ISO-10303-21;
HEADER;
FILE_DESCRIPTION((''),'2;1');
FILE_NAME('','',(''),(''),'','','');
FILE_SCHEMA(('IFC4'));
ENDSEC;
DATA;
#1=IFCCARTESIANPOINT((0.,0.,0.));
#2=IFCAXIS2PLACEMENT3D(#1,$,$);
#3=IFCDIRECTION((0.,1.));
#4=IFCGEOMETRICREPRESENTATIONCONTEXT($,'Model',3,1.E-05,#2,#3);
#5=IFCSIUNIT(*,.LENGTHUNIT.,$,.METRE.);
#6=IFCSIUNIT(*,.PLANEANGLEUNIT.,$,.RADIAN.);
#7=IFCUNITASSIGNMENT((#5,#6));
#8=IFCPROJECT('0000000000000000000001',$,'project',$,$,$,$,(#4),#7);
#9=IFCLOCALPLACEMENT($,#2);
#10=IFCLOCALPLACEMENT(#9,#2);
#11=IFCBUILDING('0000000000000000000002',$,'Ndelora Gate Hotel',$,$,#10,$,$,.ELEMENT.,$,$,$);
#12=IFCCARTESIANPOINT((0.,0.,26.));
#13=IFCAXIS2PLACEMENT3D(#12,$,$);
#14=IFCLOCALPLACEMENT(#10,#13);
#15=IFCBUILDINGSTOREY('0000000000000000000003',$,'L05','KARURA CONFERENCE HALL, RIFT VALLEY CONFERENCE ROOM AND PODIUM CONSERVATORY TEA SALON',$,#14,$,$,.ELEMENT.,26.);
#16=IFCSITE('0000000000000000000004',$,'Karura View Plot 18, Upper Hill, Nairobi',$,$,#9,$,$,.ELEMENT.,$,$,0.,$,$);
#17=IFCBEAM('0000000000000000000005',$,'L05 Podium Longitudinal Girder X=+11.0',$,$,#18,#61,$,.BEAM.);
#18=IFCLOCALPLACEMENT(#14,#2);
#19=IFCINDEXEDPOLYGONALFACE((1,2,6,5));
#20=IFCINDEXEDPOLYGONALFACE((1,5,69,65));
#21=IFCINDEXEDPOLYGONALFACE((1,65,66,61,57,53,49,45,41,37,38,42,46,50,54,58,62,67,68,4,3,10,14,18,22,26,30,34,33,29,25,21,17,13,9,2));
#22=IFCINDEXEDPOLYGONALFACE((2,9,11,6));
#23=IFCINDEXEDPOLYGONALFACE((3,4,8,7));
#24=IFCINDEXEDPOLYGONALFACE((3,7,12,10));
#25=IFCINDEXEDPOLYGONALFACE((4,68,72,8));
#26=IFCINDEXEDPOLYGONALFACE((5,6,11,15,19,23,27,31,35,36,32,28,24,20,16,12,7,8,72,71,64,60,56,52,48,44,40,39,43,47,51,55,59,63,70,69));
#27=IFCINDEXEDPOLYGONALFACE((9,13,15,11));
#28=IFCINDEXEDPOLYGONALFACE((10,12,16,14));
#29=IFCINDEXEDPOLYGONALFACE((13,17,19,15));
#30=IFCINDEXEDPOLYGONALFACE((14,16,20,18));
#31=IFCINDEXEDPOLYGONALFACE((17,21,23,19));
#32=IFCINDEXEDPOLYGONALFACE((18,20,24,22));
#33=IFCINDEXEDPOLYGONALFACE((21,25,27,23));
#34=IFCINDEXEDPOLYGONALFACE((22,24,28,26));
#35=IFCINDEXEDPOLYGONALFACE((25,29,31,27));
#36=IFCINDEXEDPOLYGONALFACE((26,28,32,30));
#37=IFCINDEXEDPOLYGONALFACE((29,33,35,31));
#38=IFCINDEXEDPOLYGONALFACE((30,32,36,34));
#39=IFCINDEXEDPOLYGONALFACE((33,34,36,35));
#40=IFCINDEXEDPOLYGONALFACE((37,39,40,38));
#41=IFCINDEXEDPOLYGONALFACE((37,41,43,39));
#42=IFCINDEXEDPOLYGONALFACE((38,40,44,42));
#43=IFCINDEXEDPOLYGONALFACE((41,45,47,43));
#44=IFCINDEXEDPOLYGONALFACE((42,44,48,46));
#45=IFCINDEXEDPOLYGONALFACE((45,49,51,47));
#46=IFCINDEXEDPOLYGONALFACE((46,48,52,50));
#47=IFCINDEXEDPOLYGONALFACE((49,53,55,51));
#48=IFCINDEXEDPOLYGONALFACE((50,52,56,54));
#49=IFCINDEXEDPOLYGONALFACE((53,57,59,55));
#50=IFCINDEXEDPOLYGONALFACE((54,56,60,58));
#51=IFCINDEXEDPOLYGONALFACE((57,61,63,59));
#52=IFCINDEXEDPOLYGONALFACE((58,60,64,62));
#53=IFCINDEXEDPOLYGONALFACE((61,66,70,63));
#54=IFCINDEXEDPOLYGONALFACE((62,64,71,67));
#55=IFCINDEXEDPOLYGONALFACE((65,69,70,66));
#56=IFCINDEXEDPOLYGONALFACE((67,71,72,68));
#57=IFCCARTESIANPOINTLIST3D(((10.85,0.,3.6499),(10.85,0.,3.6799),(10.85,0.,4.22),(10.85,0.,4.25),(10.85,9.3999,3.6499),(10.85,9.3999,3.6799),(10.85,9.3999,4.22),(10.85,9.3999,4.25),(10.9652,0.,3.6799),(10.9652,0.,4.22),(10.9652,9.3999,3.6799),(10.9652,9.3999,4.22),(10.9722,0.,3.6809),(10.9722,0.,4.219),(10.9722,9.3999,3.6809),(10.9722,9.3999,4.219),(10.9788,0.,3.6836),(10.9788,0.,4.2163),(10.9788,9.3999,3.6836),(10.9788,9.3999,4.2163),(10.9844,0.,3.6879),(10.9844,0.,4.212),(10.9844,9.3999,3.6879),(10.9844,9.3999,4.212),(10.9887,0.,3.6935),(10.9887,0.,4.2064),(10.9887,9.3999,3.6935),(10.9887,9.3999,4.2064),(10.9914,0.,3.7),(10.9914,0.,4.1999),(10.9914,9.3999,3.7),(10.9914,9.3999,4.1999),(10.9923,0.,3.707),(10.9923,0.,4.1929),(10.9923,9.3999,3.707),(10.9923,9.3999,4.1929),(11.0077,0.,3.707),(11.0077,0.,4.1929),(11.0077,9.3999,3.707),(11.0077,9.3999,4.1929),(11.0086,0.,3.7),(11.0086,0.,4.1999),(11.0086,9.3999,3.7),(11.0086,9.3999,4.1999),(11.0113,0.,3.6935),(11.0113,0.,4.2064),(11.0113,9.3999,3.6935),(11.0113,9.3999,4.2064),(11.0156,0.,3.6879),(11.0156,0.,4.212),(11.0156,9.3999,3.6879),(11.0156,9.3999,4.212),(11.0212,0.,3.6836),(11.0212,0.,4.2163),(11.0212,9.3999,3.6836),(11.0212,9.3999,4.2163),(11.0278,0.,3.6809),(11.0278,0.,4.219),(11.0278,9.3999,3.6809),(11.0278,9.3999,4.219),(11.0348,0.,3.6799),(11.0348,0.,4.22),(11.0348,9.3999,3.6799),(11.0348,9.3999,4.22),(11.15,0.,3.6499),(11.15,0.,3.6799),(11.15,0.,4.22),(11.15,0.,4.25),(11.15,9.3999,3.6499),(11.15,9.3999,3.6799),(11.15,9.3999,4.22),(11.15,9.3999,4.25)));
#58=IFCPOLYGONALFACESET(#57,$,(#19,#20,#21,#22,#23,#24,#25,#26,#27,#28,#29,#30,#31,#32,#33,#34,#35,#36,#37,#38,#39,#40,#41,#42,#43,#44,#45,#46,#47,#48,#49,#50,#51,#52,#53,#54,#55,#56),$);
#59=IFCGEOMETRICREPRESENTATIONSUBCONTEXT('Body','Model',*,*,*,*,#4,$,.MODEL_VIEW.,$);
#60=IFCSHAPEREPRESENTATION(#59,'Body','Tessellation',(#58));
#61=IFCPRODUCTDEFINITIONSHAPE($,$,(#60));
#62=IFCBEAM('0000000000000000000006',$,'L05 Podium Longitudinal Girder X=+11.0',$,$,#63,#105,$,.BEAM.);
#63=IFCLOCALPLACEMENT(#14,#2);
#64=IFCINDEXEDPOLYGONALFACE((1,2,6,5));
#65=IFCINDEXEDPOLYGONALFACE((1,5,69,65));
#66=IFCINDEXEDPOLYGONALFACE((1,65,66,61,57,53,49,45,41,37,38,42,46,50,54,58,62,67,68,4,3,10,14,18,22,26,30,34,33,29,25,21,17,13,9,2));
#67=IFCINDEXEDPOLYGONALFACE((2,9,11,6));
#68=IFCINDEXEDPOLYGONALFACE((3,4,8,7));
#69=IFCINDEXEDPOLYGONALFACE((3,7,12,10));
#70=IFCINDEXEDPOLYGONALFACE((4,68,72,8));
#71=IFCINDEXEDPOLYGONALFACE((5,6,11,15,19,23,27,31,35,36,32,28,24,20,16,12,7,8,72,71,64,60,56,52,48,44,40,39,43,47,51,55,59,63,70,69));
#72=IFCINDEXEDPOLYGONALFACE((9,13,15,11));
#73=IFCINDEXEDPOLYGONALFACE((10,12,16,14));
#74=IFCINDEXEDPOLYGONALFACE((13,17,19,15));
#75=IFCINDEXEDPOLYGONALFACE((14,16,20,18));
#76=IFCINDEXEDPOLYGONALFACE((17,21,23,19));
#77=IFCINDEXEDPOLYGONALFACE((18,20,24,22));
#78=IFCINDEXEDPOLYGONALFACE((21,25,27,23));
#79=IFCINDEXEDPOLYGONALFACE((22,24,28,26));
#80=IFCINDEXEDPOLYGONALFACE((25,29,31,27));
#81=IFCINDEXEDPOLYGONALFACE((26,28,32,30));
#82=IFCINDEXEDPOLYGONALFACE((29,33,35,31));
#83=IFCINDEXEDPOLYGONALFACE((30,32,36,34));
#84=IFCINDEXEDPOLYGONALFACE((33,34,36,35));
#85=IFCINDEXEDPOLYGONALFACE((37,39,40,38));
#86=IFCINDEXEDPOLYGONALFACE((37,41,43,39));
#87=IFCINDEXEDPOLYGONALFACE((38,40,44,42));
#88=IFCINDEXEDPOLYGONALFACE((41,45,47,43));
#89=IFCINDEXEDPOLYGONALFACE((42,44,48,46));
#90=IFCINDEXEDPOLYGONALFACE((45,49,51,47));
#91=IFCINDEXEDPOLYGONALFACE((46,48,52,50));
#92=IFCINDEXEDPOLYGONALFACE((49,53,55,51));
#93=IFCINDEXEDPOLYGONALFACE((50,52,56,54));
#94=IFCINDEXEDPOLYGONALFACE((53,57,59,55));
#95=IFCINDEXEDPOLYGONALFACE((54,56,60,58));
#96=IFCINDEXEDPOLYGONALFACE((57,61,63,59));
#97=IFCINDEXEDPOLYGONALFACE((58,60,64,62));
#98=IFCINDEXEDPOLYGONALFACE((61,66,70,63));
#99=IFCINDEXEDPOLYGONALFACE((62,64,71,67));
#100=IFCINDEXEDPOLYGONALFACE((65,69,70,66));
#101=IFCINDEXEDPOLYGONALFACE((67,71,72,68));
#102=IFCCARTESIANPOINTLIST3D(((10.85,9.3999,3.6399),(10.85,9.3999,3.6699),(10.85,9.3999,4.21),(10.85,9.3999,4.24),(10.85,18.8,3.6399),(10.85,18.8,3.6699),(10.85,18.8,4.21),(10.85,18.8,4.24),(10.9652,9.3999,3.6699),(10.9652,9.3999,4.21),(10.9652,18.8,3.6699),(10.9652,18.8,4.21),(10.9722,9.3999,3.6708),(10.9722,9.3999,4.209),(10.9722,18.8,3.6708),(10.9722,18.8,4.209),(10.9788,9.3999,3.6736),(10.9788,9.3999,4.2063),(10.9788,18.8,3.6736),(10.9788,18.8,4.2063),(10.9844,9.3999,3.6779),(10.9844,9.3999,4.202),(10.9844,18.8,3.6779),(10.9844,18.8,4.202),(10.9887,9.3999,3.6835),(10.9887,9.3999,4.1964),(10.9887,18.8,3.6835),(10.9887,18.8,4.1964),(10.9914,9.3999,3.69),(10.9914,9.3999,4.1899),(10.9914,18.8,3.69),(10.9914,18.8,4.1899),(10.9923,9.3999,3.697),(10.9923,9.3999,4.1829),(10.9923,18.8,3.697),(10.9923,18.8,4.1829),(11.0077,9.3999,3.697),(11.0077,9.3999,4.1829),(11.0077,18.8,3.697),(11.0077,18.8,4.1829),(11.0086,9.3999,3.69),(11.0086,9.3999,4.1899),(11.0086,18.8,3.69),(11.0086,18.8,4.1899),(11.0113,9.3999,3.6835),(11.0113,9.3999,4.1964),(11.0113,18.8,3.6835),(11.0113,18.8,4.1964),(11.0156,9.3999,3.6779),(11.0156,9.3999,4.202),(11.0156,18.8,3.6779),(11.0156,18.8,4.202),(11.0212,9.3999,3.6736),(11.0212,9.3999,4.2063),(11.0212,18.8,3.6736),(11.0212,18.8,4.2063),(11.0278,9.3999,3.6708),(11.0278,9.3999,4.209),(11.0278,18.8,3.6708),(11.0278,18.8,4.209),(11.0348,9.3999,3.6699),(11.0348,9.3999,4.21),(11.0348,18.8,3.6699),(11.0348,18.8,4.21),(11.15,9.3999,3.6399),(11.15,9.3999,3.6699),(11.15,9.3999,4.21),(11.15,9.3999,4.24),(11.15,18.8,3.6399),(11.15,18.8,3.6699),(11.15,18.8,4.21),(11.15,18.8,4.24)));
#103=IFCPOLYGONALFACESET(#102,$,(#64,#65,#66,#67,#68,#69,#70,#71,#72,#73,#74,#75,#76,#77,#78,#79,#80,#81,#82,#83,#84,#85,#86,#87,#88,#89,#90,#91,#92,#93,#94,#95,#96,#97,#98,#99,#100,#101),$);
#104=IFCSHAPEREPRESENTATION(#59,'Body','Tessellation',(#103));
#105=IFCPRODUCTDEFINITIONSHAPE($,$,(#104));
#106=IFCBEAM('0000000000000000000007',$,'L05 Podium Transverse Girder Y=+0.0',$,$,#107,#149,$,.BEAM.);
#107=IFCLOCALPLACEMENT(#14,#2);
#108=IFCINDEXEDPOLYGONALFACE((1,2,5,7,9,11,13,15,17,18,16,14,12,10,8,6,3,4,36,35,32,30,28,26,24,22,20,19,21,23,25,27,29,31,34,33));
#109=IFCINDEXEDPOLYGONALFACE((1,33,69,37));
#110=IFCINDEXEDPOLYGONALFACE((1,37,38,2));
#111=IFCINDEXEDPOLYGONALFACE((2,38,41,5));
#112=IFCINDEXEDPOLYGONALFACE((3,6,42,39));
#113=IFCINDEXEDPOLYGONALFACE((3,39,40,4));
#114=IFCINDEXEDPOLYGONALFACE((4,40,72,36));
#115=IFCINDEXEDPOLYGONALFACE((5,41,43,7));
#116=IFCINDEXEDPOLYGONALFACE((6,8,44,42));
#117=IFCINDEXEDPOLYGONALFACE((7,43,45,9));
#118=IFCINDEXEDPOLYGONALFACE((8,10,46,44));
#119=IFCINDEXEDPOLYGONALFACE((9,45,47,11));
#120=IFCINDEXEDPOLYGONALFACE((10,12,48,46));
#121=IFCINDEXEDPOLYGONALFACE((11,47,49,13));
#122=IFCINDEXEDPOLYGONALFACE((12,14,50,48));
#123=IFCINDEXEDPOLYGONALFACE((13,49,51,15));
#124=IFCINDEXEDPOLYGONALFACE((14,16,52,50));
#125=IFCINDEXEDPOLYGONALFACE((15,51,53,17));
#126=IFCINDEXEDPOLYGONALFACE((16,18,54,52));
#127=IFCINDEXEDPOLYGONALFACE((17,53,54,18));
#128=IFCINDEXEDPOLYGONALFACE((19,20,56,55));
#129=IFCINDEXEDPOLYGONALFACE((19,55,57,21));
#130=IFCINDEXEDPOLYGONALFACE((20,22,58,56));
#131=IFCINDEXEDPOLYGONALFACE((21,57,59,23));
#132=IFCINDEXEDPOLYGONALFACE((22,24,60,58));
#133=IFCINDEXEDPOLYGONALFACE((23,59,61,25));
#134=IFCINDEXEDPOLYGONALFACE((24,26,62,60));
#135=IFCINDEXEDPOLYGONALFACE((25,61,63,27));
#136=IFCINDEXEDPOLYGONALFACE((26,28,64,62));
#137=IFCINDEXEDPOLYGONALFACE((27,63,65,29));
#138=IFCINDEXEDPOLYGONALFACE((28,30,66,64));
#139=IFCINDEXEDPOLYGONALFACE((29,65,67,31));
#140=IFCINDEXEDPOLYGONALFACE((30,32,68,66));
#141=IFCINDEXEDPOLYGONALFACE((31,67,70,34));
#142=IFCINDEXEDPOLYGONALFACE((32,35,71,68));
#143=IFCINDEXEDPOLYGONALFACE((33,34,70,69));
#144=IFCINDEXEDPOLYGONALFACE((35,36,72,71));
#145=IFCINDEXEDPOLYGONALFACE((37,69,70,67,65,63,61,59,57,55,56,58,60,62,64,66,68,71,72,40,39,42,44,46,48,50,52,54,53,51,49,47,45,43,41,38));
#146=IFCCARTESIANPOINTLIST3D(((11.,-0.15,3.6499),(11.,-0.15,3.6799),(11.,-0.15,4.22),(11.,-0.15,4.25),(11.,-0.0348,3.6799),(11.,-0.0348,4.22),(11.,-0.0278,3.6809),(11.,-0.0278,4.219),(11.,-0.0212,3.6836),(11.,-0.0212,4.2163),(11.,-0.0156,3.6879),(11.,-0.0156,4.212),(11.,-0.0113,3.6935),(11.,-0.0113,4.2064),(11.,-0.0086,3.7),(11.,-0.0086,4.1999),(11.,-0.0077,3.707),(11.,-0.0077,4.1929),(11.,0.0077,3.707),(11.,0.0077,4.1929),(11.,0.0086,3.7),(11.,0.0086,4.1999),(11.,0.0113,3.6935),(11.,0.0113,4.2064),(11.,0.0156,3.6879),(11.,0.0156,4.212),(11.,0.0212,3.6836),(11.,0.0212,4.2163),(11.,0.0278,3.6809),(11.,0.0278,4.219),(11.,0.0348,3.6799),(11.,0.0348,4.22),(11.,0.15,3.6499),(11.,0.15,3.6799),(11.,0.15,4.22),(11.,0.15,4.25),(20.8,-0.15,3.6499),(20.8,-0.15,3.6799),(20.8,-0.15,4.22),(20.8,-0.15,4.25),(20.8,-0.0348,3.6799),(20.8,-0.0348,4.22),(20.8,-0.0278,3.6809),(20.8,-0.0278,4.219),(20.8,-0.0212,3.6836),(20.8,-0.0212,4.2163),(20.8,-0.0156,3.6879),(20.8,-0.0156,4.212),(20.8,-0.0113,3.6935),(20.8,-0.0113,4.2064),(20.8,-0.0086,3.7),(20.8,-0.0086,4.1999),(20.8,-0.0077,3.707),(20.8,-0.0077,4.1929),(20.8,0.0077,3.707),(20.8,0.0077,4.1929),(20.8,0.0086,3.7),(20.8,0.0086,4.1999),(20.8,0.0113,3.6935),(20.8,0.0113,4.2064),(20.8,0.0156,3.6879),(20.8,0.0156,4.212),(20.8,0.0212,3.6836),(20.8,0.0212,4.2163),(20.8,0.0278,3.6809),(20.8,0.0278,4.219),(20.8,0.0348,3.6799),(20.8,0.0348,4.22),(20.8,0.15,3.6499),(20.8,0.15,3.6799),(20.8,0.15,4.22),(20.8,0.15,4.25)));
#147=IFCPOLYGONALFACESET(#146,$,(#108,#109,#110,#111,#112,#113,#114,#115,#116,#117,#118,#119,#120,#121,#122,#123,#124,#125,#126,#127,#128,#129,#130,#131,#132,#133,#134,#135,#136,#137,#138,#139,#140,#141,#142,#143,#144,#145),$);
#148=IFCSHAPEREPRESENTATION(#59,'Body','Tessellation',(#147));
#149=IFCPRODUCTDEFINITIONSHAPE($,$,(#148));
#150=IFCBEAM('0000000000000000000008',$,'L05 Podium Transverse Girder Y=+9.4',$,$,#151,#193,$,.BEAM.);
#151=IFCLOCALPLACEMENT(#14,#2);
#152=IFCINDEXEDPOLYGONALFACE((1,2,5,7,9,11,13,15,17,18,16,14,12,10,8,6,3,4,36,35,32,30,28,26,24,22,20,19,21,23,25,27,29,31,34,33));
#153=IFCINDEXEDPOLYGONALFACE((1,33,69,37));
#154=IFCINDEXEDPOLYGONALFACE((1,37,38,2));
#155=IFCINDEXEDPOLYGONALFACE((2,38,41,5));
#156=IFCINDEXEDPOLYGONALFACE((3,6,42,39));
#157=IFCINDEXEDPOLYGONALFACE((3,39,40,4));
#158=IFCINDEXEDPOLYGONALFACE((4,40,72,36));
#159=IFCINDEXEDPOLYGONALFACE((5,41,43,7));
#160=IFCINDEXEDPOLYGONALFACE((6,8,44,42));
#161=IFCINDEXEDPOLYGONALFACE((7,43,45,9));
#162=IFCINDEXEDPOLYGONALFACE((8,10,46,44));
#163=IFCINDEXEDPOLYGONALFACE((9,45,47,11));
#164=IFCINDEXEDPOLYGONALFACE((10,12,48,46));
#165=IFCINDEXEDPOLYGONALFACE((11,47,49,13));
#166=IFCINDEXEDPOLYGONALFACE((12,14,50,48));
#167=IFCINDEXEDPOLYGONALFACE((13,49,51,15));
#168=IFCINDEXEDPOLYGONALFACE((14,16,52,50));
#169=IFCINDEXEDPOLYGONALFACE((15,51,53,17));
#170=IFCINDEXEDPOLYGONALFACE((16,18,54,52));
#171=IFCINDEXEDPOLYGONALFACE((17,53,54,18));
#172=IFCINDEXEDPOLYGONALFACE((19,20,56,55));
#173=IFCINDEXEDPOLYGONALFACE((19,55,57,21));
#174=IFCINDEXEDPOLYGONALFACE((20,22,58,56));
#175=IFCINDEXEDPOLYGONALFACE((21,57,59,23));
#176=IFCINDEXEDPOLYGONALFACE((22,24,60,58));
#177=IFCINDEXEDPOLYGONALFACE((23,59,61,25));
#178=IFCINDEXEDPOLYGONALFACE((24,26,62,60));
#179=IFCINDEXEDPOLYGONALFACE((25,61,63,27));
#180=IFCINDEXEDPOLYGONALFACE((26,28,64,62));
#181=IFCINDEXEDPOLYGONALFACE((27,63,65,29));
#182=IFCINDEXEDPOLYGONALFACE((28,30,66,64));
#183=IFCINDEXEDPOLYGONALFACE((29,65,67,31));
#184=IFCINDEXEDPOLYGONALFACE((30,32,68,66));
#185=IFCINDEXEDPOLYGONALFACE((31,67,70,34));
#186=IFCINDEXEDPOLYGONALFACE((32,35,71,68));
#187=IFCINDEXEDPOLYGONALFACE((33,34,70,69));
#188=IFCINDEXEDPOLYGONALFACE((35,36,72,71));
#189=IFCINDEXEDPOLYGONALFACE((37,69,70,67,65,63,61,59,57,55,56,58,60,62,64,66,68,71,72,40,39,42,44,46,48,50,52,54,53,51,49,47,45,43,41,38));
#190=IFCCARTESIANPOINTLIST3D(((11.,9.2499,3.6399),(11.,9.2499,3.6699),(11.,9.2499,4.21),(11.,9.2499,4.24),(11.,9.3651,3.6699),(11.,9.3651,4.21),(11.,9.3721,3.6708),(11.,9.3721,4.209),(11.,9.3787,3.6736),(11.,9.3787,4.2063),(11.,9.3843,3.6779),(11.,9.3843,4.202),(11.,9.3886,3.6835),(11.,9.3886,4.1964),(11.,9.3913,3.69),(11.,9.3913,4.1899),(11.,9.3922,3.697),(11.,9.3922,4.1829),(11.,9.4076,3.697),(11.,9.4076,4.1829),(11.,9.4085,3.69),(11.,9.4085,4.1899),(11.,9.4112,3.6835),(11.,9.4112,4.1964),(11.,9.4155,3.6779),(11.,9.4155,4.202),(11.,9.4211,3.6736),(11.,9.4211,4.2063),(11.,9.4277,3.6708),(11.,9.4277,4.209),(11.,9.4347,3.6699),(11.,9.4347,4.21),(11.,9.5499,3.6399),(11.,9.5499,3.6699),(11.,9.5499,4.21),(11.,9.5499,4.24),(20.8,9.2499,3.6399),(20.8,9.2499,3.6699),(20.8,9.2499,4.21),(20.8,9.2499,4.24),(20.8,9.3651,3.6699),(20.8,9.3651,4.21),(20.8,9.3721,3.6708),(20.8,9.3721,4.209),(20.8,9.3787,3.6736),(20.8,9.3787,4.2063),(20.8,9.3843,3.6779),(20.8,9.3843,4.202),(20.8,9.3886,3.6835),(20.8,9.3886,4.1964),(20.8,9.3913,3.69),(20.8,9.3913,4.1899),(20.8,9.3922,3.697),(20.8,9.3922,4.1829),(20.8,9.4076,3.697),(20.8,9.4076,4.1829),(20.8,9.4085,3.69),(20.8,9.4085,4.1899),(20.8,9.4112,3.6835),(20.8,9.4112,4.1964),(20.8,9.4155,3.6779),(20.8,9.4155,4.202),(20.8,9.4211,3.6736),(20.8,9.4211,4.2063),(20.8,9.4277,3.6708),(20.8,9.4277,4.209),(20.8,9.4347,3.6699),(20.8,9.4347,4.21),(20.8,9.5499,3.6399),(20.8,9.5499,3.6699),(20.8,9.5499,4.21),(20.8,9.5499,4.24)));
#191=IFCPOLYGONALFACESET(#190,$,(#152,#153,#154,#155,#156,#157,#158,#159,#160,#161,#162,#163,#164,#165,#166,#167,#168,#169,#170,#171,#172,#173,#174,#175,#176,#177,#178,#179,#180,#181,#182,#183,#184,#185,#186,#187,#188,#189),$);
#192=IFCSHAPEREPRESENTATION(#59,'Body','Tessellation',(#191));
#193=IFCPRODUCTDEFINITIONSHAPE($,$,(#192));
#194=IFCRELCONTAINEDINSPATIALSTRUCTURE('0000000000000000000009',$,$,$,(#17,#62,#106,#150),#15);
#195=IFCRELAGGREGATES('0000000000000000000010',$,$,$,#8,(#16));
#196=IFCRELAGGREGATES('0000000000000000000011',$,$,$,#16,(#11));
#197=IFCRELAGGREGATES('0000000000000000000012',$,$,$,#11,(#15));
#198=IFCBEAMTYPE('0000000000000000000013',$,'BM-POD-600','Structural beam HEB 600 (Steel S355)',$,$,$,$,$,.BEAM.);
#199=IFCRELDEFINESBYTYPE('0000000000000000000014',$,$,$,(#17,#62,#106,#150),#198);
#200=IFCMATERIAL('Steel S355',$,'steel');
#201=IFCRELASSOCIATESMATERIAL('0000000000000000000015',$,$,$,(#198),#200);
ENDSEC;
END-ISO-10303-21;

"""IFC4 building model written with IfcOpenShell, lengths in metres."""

from ifc_helpers import new_model, si_unit, direction, frame, origin, origin_2d, place, context, subcontext, project, spatial, i_section, extrude, material, material_profile, profile_set, type_object, element, save


model = new_model("IFC4")

# Units and contexts
model_context = context("Model", 3, precision=1e-05, world=origin(), true_north=direction((0.0, 1.0)))
body_context = subcontext(model_context, "Body", "Model", "MODEL_VIEW")
ifc_project = project(units=[si_unit("LENGTHUNIT", "METRE"), si_unit("PLANEANGLEUNIT", "RADIAN")], contexts=[model_context])

# Site, building, storey
site_placement = place(None, origin())
site = spatial("IfcSite", under=ifc_project, at=site_placement, Name="Karura View Plot 18, Upper Hill, Nairobi", CompositionType="ELEMENT", RefElevation=0.0)
building_placement = place(site_placement, origin())
building = spatial("IfcBuilding", under=site, at=building_placement, Name="Ndelora Gate Hotel", CompositionType="ELEMENT")
storey_placement = place(building_placement, frame((0.0, 0.0, 26.0)))
storey = spatial("IfcBuildingStorey", under=building, at=storey_placement, Name="L05", Description="KARURA CONFERENCE HALL, RIFT VALLEY CONFERENCE ROOM AND PODIUM CONSERVATORY TEA SALON", CompositionType="ELEMENT", Elevation=26.0)

# Beams
ifc_material_1 = material(Name="Steel S355", Category="steel")
ifc_material_profile_1 = material_profile(ifc_material_1, i_section(OverallWidth=0.3, OverallDepth=0.6001, WebThickness=0.0154, FlangeThickness=0.03, FilletRadius=0.0271, at=origin_2d()), Name="HEB 600")
ifc_profile_set_1 = profile_set([ifc_material_profile_1], Name="Steel S355")
beam_type_1 = type_object("IfcBeamType", Name="BM-POD-600", Description="Structural beam HEB 600 (Steel S355)", PredefinedType="BEAM", material=ifc_profile_set_1)
beam_1_placement = place(storey_placement, frame((11.0, 0.0, 3.95), z_axis=(0.0, 1.0, 0.0), x_axis=(-1.0, 0.0, 0.0)))
element("IfcBeam", 1, at=beam_1_placement, inside=storey, type_object=beam_type_1, Name="L05 Podium Longitudinal Girder X=+11.0", PredefinedType="BEAM", context=body_context, shape_type="SweptSolid", body=[
    extrude(i_section(OverallWidth=0.3, OverallDepth=0.6001, WebThickness=0.0154, FlangeThickness=0.03, FilletRadius=0.0271, at=origin_2d()), origin(), (0.0, 0.0, 1.0), 9.3999),
])
beam_2_placement = place(storey_placement, frame((11.0, 9.3999, 3.9399), z_axis=(0.0, 1.0, 0.0), x_axis=(-1.0, 0.0, 0.0)))
element("IfcBeam", 2, at=beam_2_placement, inside=storey, type_object=beam_type_1, Name="L05 Podium Longitudinal Girder X=+11.0", PredefinedType="BEAM", context=body_context, shape_type="SweptSolid", body=[
    extrude(i_section(OverallWidth=0.3, OverallDepth=0.6001, WebThickness=0.0154, FlangeThickness=0.03, FilletRadius=0.0271, at=origin_2d()), origin(), (0.0, 0.0, 1.0), 9.4001),
])
for number, where, z_axis, x_axis, name in (
    (3, (11.0, 0.0, 3.95), (1.0, 0.0, 0.0), (0.0, 1.0, 0.0), "L05 Podium Transverse Girder Y=+0.0"),
    (4, (11.0, 9.3999, 3.9399), (1.0, 0.0, 0.0), (0.0, 1.0, 0.0), "L05 Podium Transverse Girder Y=+9.4"),
):
    element("IfcBeam", number, at=place(storey_placement, frame(where, z_axis=z_axis, x_axis=x_axis)), inside=storey, type_object=beam_type_1, Name=name, PredefinedType="BEAM", context=body_context, shape_type="SweptSolid", body=[
        extrude(i_section(OverallWidth=0.3, OverallDepth=0.6001, WebThickness=0.0154, FlangeThickness=0.03, FilletRadius=0.0271, at=origin_2d()), origin(), (0.0, 0.0, 1.0), 9.8),
    ])

save(model, "model.ifc")
